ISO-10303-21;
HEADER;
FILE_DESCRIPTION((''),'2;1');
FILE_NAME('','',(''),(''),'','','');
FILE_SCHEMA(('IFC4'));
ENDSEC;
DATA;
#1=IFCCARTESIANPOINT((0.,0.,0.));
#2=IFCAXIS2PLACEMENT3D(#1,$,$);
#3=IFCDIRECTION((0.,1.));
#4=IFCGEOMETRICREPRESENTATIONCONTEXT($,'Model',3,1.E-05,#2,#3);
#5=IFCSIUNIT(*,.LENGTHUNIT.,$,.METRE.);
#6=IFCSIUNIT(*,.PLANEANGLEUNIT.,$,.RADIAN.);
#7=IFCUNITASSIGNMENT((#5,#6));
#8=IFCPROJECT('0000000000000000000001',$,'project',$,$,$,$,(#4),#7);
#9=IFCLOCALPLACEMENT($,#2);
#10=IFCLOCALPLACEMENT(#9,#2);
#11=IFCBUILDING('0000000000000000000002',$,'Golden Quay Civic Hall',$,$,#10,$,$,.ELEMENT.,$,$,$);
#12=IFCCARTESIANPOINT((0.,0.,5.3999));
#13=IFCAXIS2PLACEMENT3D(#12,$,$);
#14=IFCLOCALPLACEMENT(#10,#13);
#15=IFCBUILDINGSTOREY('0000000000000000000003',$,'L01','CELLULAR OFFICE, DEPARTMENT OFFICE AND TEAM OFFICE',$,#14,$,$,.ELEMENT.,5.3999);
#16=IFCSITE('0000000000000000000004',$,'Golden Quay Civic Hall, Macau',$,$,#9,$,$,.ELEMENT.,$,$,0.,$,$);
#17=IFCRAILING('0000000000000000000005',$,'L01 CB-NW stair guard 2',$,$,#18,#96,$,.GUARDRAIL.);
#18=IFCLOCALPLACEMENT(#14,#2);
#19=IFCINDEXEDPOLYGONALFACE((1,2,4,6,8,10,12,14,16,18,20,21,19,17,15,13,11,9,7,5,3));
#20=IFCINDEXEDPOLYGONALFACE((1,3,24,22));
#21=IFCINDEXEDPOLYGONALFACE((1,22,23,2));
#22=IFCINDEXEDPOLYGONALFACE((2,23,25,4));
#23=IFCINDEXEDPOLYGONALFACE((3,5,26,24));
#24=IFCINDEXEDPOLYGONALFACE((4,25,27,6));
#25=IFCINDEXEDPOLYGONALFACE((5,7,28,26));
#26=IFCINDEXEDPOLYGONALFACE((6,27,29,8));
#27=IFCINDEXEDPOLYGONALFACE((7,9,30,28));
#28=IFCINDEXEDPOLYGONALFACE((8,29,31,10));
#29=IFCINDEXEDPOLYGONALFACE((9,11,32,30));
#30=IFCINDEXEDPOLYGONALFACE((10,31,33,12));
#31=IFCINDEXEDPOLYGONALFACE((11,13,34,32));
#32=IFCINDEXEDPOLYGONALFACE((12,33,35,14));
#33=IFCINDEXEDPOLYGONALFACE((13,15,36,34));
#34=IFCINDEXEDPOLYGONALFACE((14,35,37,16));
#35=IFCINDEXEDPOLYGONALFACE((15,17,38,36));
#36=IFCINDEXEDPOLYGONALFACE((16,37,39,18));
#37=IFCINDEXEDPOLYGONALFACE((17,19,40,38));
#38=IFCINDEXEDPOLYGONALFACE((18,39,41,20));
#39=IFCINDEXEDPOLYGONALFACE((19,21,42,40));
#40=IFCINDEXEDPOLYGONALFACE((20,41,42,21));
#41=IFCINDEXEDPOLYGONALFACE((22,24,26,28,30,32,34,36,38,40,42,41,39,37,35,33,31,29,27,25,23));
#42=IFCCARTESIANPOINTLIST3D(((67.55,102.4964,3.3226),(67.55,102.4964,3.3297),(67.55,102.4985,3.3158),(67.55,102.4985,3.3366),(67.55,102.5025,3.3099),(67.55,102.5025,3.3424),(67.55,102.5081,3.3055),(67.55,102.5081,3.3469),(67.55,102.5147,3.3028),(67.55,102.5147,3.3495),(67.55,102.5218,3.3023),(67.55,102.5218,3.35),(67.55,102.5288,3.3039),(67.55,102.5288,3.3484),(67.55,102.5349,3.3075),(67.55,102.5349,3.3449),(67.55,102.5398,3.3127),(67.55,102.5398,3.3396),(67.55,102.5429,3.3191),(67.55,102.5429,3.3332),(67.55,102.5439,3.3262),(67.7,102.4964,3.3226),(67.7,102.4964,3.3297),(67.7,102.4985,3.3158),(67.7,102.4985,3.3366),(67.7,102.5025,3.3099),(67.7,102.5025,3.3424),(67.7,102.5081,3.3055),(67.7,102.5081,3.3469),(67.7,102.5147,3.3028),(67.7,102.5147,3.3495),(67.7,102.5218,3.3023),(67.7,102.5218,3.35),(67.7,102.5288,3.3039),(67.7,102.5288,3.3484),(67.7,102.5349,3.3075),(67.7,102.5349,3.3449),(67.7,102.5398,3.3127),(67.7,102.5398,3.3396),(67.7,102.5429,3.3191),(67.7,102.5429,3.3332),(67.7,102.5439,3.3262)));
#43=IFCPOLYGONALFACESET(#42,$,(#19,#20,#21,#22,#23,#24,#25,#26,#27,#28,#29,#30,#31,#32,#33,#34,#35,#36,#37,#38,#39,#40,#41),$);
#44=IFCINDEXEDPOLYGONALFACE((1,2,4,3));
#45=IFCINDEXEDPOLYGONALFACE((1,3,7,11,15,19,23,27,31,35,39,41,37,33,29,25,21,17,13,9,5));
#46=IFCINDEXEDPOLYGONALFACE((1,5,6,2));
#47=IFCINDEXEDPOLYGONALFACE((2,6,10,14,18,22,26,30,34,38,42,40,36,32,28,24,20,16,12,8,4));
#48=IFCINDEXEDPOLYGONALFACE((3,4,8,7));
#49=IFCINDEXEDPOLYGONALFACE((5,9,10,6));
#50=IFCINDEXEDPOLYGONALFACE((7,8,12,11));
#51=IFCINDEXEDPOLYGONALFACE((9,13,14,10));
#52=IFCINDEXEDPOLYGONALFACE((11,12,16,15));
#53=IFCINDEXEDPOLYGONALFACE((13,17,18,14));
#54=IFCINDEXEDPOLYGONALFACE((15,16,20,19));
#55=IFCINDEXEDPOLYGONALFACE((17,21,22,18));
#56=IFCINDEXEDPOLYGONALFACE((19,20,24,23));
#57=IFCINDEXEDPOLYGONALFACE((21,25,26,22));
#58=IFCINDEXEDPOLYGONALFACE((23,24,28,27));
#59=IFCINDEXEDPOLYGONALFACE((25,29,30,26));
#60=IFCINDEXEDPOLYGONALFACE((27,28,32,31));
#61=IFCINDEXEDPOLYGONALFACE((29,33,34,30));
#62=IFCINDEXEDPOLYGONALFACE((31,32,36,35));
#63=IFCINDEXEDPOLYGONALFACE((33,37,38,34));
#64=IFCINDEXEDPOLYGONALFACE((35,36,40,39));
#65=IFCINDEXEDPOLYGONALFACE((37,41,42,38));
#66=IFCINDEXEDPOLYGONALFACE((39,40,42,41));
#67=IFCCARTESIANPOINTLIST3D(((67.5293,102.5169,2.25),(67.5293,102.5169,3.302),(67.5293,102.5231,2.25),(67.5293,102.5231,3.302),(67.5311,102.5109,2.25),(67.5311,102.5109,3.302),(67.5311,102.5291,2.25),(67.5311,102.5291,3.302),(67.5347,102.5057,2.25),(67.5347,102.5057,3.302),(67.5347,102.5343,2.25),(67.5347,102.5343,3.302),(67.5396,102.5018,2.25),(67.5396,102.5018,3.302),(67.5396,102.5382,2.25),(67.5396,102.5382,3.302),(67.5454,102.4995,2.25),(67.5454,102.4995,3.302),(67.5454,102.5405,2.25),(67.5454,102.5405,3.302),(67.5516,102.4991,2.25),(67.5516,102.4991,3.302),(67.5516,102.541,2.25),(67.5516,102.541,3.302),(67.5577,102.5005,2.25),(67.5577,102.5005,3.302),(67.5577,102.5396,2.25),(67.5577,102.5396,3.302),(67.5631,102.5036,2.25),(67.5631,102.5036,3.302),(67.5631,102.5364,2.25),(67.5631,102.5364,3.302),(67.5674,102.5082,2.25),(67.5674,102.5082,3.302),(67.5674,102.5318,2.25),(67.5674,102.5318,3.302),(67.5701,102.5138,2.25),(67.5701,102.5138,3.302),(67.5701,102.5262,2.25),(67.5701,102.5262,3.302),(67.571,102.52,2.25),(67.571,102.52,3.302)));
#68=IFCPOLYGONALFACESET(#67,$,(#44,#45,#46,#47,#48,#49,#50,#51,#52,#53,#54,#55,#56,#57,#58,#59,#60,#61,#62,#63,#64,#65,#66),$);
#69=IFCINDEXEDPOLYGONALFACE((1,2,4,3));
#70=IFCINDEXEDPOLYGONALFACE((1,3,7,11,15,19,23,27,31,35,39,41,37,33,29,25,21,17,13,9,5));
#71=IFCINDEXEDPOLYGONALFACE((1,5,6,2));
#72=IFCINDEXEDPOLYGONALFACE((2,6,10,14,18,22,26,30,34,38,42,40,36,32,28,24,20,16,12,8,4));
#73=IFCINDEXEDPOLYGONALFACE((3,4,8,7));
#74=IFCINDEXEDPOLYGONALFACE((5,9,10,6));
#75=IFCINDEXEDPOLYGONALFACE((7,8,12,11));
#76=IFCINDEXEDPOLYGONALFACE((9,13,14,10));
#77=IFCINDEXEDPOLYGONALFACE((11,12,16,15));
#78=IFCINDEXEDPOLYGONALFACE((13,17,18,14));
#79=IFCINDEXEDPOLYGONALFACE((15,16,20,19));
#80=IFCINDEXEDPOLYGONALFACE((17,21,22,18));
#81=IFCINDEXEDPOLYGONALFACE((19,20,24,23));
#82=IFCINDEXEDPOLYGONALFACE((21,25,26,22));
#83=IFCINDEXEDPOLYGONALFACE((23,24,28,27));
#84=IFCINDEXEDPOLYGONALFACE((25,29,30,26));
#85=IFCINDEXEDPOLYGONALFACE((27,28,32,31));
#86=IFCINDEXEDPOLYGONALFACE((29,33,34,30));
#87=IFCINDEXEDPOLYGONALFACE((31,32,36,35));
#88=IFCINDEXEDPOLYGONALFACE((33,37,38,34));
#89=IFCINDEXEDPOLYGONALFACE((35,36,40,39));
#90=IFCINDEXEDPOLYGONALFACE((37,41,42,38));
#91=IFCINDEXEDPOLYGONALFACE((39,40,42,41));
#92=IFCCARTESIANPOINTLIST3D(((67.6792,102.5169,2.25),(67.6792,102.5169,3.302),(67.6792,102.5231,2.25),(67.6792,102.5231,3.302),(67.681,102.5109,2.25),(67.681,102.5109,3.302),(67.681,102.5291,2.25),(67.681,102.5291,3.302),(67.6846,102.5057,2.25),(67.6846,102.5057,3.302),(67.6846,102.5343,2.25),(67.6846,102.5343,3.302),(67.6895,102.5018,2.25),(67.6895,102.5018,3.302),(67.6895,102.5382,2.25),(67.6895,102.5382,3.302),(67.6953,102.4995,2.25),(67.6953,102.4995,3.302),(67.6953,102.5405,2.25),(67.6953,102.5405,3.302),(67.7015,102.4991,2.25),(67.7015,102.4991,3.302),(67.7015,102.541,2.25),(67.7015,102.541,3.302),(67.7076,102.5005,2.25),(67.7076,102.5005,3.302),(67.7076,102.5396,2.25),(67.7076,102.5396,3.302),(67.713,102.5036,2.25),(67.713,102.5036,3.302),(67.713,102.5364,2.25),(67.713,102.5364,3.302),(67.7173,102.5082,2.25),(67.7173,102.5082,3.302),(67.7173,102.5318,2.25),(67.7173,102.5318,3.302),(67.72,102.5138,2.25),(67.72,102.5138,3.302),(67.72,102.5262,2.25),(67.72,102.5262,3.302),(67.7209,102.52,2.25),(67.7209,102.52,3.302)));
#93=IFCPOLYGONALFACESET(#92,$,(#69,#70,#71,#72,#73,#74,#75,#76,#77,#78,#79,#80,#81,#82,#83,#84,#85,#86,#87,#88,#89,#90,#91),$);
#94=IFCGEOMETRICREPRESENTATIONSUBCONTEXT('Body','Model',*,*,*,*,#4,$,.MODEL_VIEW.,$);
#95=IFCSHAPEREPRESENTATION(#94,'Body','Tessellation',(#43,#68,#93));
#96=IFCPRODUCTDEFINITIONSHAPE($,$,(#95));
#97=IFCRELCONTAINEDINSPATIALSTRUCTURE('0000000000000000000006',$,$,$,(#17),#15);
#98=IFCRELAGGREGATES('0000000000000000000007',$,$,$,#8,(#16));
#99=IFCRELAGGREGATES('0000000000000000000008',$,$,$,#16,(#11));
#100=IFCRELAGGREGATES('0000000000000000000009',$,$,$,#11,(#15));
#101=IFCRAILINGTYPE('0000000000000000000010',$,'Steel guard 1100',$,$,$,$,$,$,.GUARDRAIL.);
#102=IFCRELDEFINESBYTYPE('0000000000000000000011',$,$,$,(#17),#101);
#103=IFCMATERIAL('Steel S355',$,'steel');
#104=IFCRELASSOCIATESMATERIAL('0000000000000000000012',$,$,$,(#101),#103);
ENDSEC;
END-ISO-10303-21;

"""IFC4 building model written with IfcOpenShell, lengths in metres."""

from ifc_helpers import new_model, si_unit, direction, frame, origin, origin_2d, place, context, subcontext, project, spatial, circle, extrude, material, type_object, element, save


model = new_model("IFC4")

# Units and contexts
model_context = context("Model", 3, precision=1e-05, world=origin(), true_north=direction((0.0, 1.0)))
body_context = subcontext(model_context, "Body", "Model", "MODEL_VIEW")
ifc_project = project(units=[si_unit("LENGTHUNIT", "METRE"), si_unit("PLANEANGLEUNIT", "RADIAN")], contexts=[model_context])

# Site, building, storey
site_placement = place(None, origin())
site = spatial("IfcSite", under=ifc_project, at=site_placement, Name="Golden Quay Civic Hall, Macau", CompositionType="ELEMENT", RefElevation=0.0)
building_placement = place(site_placement, origin())
building = spatial("IfcBuilding", under=site, at=building_placement, Name="Golden Quay Civic Hall", CompositionType="ELEMENT")
storey_placement = place(building_placement, frame((0.0, 0.0, 5.3999)))
storey = spatial("IfcBuildingStorey", under=building, at=storey_placement, Name="L01", Description="CELLULAR OFFICE, DEPARTMENT OFFICE AND TEAM OFFICE", CompositionType="ELEMENT", Elevation=5.3999)

# Railing
ifc_material_1 = material(Name="Steel S355", Category="steel")
railing_type = type_object("IfcRailingType", Name="Steel guard 1100", PredefinedType="GUARDRAIL", material=ifc_material_1)
railing_1_placement = place(storey_placement, frame((67.55, 102.52, 2.25)))
element("IfcRailing", 1, at=railing_1_placement, inside=storey, type_object=railing_type, Name="L01 CB-NW stair guard 2", PredefinedType="GUARDRAIL", context=body_context, shape_type="SweptSolid", body=[
    extrude(circle(Radius=0.0239, at=origin_2d()), frame((0.0, 0.0, 1.0762), z_axis=(1.0, 0.0, 0.0), x_axis=(0.0, 1.0, 0.0)), (0.0, 0.0, 1.0), 0.1499),
    extrude(circle(Radius=0.021, at=origin_2d()), origin(), (0.0, 0.0, 1.0), 1.052),
    extrude(circle(Radius=0.021, at=origin_2d()), frame((0.1499, 0.0, 0.0)), (0.0, 0.0, 1.0), 1.052),
])

save(model, "model.ifc")
